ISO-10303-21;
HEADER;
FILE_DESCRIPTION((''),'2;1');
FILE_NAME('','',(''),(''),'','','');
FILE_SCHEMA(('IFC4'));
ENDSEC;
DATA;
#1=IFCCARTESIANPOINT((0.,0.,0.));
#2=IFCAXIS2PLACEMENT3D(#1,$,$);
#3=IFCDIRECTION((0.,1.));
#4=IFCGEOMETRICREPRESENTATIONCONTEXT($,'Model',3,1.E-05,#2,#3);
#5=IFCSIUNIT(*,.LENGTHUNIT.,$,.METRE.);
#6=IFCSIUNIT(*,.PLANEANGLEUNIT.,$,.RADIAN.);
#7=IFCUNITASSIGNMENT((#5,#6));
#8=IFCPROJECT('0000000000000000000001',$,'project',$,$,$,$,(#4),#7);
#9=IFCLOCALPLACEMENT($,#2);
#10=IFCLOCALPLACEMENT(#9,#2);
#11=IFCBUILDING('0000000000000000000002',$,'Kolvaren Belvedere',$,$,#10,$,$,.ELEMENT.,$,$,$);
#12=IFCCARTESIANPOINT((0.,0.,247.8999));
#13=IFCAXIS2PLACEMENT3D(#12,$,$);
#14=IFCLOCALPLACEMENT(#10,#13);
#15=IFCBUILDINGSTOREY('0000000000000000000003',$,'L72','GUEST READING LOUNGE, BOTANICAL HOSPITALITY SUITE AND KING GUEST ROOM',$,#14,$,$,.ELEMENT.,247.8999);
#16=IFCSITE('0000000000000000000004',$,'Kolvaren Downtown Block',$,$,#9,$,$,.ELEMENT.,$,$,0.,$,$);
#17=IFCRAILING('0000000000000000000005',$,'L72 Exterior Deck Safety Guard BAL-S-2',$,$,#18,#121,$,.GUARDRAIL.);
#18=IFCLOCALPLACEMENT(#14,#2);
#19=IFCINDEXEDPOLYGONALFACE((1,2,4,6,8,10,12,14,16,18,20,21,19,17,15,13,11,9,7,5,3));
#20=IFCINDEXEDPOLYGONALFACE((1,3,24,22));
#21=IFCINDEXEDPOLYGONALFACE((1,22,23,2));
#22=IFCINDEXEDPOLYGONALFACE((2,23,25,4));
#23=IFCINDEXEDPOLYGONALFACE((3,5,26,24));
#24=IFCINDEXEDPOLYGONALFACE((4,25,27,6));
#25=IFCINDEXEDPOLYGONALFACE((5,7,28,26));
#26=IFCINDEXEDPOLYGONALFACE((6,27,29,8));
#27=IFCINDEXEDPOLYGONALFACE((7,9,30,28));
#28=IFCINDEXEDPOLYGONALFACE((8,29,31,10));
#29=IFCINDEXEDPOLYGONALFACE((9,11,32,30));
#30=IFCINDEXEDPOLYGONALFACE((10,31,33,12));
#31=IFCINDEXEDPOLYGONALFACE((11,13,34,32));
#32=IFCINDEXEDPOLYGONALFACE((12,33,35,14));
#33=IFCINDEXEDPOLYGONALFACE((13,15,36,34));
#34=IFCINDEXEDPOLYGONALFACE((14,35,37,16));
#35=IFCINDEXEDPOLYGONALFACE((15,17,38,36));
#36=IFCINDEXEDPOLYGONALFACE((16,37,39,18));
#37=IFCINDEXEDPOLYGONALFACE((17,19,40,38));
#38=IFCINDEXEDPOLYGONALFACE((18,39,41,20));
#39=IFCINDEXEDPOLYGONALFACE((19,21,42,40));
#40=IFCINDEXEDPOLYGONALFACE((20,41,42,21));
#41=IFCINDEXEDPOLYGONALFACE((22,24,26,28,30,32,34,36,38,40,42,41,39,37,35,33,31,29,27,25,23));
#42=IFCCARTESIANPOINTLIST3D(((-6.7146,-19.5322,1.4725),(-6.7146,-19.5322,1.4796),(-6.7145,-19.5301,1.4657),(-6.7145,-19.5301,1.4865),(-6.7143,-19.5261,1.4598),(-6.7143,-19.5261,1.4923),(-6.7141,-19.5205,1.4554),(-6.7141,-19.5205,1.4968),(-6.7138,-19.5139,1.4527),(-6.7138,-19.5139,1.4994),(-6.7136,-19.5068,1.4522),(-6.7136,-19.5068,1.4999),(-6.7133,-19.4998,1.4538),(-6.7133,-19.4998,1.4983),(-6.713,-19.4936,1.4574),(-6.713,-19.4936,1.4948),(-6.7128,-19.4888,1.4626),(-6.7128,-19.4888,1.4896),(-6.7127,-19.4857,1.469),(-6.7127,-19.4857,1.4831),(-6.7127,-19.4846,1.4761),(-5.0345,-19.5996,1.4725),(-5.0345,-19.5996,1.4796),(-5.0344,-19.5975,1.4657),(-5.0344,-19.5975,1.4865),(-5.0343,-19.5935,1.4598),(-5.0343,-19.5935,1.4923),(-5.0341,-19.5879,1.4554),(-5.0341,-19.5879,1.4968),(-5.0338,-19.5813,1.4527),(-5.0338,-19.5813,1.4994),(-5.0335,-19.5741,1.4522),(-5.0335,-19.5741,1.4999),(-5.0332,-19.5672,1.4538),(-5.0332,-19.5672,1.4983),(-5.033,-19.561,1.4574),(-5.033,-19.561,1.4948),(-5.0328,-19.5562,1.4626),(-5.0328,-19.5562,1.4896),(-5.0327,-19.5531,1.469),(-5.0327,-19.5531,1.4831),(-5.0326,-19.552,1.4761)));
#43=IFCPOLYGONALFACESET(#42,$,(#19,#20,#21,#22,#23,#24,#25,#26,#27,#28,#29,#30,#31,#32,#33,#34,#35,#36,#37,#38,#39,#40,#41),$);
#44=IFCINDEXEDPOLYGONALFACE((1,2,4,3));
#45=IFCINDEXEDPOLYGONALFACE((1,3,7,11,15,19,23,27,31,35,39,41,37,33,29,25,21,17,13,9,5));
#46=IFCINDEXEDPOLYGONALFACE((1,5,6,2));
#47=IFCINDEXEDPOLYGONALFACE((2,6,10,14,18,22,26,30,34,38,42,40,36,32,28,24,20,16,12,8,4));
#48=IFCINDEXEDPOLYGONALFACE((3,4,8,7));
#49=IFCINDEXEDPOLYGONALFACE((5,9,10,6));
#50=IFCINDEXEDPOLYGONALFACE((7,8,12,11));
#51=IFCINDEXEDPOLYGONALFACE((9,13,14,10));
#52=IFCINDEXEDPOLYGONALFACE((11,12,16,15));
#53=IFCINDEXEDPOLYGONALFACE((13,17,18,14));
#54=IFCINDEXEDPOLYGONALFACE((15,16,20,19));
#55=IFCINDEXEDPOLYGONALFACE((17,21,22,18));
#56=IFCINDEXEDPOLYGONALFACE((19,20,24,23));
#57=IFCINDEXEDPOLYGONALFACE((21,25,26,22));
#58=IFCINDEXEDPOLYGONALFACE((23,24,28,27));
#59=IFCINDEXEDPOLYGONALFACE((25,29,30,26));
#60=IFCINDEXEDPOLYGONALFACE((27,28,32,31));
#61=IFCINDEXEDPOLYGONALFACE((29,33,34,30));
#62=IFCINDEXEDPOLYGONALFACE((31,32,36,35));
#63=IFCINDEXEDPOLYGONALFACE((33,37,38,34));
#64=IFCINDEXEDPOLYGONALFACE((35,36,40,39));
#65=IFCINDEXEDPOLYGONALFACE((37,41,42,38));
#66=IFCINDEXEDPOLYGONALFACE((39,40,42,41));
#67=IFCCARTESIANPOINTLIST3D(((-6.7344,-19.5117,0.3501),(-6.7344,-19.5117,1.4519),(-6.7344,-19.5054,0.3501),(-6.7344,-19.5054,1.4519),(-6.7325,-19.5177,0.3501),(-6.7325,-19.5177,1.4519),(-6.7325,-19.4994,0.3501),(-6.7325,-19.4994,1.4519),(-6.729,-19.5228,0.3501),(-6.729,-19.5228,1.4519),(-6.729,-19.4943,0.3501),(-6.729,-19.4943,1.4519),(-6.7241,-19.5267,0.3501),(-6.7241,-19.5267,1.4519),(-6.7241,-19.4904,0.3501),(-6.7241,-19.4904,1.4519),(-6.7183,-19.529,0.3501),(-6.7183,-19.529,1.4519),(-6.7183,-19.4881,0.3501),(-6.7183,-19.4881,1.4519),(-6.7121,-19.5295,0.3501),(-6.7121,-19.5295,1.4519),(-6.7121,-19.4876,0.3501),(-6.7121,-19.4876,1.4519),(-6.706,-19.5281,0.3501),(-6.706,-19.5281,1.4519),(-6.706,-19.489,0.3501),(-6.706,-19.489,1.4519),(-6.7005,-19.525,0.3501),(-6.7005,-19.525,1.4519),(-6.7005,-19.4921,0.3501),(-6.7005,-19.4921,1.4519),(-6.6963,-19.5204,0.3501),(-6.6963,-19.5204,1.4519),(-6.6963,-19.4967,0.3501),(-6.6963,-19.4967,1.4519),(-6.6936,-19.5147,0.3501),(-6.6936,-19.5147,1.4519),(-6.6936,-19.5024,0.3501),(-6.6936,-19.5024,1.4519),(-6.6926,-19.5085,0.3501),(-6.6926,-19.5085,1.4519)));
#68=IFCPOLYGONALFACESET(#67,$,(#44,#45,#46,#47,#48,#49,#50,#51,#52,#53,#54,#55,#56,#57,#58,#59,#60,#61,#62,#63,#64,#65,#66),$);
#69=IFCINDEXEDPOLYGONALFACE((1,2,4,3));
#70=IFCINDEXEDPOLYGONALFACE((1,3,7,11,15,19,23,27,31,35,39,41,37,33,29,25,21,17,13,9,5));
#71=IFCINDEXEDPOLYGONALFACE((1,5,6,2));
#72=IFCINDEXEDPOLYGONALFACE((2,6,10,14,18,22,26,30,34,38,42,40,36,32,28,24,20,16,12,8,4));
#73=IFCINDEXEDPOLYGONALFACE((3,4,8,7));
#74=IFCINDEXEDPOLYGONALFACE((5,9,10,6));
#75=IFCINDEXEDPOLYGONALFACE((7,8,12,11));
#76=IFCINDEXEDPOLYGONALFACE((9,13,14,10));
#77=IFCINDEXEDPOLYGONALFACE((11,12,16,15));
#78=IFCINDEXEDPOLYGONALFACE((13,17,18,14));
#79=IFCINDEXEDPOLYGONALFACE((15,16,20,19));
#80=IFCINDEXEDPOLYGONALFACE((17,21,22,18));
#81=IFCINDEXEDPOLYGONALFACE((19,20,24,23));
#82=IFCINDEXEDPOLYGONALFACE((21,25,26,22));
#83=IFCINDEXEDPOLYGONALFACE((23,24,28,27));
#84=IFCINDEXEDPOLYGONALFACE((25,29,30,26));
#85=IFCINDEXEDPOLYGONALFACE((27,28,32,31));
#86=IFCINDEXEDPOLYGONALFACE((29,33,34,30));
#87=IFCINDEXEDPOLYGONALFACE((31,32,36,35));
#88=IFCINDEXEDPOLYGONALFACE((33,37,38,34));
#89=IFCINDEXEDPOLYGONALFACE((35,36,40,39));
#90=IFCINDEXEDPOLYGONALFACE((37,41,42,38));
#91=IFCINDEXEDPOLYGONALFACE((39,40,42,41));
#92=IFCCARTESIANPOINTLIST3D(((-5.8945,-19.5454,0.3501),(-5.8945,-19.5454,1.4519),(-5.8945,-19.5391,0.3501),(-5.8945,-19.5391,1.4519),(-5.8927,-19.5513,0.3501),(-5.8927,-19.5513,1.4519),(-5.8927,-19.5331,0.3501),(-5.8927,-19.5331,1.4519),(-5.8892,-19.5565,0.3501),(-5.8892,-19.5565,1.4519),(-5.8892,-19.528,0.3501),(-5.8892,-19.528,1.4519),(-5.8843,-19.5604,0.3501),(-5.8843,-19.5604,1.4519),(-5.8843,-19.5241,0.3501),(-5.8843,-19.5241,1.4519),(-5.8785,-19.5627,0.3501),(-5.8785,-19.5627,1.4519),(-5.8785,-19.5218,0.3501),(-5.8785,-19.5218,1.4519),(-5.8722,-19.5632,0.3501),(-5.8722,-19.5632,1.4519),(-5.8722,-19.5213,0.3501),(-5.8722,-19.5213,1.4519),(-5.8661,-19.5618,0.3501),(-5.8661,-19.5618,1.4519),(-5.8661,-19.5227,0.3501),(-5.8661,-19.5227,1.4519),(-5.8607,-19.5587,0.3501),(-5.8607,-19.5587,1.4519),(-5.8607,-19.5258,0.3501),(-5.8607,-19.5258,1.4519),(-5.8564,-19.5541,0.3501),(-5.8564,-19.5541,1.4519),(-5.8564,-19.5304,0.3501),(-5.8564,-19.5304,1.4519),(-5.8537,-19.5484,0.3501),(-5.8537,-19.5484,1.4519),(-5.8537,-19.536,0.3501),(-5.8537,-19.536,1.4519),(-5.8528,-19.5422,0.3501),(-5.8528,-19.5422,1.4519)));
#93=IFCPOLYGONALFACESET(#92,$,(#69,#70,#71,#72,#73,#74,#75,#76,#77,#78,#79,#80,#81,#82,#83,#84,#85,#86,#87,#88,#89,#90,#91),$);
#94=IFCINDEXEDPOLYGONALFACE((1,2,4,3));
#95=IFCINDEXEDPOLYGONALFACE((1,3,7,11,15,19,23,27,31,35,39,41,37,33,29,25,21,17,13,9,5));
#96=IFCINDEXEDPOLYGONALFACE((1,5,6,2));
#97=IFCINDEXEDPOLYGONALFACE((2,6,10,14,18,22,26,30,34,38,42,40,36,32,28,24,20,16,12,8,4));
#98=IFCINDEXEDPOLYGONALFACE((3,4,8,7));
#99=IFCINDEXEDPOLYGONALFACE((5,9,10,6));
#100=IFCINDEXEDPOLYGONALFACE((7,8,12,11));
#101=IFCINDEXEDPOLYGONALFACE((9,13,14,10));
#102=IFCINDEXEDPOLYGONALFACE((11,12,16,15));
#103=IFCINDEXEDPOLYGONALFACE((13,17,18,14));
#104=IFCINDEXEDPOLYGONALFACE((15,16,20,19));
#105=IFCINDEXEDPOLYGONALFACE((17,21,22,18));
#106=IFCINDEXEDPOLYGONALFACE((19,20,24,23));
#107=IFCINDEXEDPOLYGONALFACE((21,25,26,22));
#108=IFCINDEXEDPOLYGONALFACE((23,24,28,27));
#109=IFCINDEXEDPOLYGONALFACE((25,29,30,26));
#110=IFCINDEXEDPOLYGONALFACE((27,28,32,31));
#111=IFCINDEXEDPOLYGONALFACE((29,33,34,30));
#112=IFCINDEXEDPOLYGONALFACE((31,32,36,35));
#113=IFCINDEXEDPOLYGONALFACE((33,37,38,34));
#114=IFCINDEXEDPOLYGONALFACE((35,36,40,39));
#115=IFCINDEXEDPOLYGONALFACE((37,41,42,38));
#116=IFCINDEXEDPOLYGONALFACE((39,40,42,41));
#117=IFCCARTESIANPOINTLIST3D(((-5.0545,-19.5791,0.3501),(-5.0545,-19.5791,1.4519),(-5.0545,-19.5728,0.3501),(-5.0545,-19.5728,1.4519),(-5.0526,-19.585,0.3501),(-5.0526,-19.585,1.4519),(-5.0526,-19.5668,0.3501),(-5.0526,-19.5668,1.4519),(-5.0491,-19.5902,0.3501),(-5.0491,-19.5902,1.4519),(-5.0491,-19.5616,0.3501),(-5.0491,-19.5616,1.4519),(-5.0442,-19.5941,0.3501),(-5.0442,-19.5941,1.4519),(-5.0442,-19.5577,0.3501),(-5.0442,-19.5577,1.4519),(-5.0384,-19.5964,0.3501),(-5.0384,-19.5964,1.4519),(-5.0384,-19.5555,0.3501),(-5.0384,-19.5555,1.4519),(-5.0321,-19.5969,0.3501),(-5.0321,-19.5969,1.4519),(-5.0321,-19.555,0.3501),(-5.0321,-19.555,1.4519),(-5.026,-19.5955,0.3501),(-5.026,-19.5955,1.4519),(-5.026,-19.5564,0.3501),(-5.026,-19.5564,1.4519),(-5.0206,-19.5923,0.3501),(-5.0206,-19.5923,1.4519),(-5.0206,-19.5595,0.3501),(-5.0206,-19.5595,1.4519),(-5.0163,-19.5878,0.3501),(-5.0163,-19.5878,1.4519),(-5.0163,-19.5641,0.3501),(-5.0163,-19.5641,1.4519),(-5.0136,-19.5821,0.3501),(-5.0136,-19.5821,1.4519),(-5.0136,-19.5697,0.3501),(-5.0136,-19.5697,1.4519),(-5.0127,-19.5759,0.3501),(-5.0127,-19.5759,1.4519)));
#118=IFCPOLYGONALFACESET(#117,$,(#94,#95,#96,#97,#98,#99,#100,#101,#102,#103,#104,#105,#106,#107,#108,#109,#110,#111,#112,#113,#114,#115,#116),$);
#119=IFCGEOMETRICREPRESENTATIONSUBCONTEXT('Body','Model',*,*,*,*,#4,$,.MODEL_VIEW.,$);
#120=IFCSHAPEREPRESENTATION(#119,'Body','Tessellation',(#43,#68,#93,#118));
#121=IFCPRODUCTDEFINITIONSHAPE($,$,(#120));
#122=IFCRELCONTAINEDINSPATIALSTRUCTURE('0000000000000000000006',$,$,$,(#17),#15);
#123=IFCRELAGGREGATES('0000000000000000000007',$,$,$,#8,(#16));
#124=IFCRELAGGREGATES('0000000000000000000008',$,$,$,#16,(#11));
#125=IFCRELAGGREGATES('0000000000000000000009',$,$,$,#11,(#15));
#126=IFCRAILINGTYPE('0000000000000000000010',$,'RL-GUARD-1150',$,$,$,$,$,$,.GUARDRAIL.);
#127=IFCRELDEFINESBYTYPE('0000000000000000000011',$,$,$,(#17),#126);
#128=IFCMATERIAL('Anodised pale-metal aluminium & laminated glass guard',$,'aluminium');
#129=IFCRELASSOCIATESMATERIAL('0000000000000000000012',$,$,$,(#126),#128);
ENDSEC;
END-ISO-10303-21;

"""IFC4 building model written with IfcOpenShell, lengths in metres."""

from ifc_helpers import new_model, si_unit, direction, frame, origin, origin_2d, place, context, subcontext, project, spatial, circle, extrude, material, type_object, element, save


model = new_model("IFC4")

# Units and contexts
model_context = context("Model", 3, precision=1e-05, world=origin(), true_north=direction((0.0, 1.0)))
body_context = subcontext(model_context, "Body", "Model", "MODEL_VIEW")
ifc_project = project(units=[si_unit("LENGTHUNIT", "METRE"), si_unit("PLANEANGLEUNIT", "RADIAN")], contexts=[model_context])

# Site, building, storey
site_placement = place(None, origin())
site = spatial("IfcSite", under=ifc_project, at=site_placement, Name="Kolvaren Downtown Block", CompositionType="ELEMENT", RefElevation=0.0)
building_placement = place(site_placement, origin())
building = spatial("IfcBuilding", under=site, at=building_placement, Name="Kolvaren Belvedere", CompositionType="ELEMENT")
storey_placement = place(building_placement, frame((0.0, 0.0, 247.8999)))
storey = spatial("IfcBuildingStorey", under=building, at=storey_placement, Name="L72", Description="GUEST READING LOUNGE, BOTANICAL HOSPITALITY SUITE AND KING GUEST ROOM", CompositionType="ELEMENT", Elevation=247.8999)

# Railing
ifc_material_1 = material(Name="Anodised pale-metal aluminium & laminated glass guard", Category="aluminium")
railing_type = type_object("IfcRailingType", Name="RL-GUARD-1150", PredefinedType="GUARDRAIL", material=ifc_material_1)
railing_1_placement = place(storey_placement, frame((-6.7136, -19.5085, 0.3501)))
element("IfcRailing", 1, at=railing_1_placement, inside=storey, type_object=railing_type, Name="L72 Exterior Deck Safety Guard BAL-S-2", PredefinedType="GUARDRAIL", context=body_context, shape_type="SweptSolid", body=[
    extrude(circle(Radius=0.0239, at=origin_2d()), frame((0.0, 0.0, 1.126), z_axis=(0.999197, -0.040078, 0.0), x_axis=(0.040078, 0.999197, 0.0)), (0.0, 0.0, 1.0), 1.6814),
    extrude(circle(Radius=0.021, at=origin_2d()), origin(), (0.0, 0.0, 1.0), 1.1018),
    extrude(circle(Radius=0.021, at=origin_2d()), frame((0.8398, -0.0337, 0.0)), (0.0, 0.0, 1.0), 1.1018),
    extrude(circle(Radius=0.021, at=origin_2d()), frame((1.6799, -0.0674, 0.0)), (0.0, 0.0, 1.0), 1.1018),
])

save(model, "model.ifc")
